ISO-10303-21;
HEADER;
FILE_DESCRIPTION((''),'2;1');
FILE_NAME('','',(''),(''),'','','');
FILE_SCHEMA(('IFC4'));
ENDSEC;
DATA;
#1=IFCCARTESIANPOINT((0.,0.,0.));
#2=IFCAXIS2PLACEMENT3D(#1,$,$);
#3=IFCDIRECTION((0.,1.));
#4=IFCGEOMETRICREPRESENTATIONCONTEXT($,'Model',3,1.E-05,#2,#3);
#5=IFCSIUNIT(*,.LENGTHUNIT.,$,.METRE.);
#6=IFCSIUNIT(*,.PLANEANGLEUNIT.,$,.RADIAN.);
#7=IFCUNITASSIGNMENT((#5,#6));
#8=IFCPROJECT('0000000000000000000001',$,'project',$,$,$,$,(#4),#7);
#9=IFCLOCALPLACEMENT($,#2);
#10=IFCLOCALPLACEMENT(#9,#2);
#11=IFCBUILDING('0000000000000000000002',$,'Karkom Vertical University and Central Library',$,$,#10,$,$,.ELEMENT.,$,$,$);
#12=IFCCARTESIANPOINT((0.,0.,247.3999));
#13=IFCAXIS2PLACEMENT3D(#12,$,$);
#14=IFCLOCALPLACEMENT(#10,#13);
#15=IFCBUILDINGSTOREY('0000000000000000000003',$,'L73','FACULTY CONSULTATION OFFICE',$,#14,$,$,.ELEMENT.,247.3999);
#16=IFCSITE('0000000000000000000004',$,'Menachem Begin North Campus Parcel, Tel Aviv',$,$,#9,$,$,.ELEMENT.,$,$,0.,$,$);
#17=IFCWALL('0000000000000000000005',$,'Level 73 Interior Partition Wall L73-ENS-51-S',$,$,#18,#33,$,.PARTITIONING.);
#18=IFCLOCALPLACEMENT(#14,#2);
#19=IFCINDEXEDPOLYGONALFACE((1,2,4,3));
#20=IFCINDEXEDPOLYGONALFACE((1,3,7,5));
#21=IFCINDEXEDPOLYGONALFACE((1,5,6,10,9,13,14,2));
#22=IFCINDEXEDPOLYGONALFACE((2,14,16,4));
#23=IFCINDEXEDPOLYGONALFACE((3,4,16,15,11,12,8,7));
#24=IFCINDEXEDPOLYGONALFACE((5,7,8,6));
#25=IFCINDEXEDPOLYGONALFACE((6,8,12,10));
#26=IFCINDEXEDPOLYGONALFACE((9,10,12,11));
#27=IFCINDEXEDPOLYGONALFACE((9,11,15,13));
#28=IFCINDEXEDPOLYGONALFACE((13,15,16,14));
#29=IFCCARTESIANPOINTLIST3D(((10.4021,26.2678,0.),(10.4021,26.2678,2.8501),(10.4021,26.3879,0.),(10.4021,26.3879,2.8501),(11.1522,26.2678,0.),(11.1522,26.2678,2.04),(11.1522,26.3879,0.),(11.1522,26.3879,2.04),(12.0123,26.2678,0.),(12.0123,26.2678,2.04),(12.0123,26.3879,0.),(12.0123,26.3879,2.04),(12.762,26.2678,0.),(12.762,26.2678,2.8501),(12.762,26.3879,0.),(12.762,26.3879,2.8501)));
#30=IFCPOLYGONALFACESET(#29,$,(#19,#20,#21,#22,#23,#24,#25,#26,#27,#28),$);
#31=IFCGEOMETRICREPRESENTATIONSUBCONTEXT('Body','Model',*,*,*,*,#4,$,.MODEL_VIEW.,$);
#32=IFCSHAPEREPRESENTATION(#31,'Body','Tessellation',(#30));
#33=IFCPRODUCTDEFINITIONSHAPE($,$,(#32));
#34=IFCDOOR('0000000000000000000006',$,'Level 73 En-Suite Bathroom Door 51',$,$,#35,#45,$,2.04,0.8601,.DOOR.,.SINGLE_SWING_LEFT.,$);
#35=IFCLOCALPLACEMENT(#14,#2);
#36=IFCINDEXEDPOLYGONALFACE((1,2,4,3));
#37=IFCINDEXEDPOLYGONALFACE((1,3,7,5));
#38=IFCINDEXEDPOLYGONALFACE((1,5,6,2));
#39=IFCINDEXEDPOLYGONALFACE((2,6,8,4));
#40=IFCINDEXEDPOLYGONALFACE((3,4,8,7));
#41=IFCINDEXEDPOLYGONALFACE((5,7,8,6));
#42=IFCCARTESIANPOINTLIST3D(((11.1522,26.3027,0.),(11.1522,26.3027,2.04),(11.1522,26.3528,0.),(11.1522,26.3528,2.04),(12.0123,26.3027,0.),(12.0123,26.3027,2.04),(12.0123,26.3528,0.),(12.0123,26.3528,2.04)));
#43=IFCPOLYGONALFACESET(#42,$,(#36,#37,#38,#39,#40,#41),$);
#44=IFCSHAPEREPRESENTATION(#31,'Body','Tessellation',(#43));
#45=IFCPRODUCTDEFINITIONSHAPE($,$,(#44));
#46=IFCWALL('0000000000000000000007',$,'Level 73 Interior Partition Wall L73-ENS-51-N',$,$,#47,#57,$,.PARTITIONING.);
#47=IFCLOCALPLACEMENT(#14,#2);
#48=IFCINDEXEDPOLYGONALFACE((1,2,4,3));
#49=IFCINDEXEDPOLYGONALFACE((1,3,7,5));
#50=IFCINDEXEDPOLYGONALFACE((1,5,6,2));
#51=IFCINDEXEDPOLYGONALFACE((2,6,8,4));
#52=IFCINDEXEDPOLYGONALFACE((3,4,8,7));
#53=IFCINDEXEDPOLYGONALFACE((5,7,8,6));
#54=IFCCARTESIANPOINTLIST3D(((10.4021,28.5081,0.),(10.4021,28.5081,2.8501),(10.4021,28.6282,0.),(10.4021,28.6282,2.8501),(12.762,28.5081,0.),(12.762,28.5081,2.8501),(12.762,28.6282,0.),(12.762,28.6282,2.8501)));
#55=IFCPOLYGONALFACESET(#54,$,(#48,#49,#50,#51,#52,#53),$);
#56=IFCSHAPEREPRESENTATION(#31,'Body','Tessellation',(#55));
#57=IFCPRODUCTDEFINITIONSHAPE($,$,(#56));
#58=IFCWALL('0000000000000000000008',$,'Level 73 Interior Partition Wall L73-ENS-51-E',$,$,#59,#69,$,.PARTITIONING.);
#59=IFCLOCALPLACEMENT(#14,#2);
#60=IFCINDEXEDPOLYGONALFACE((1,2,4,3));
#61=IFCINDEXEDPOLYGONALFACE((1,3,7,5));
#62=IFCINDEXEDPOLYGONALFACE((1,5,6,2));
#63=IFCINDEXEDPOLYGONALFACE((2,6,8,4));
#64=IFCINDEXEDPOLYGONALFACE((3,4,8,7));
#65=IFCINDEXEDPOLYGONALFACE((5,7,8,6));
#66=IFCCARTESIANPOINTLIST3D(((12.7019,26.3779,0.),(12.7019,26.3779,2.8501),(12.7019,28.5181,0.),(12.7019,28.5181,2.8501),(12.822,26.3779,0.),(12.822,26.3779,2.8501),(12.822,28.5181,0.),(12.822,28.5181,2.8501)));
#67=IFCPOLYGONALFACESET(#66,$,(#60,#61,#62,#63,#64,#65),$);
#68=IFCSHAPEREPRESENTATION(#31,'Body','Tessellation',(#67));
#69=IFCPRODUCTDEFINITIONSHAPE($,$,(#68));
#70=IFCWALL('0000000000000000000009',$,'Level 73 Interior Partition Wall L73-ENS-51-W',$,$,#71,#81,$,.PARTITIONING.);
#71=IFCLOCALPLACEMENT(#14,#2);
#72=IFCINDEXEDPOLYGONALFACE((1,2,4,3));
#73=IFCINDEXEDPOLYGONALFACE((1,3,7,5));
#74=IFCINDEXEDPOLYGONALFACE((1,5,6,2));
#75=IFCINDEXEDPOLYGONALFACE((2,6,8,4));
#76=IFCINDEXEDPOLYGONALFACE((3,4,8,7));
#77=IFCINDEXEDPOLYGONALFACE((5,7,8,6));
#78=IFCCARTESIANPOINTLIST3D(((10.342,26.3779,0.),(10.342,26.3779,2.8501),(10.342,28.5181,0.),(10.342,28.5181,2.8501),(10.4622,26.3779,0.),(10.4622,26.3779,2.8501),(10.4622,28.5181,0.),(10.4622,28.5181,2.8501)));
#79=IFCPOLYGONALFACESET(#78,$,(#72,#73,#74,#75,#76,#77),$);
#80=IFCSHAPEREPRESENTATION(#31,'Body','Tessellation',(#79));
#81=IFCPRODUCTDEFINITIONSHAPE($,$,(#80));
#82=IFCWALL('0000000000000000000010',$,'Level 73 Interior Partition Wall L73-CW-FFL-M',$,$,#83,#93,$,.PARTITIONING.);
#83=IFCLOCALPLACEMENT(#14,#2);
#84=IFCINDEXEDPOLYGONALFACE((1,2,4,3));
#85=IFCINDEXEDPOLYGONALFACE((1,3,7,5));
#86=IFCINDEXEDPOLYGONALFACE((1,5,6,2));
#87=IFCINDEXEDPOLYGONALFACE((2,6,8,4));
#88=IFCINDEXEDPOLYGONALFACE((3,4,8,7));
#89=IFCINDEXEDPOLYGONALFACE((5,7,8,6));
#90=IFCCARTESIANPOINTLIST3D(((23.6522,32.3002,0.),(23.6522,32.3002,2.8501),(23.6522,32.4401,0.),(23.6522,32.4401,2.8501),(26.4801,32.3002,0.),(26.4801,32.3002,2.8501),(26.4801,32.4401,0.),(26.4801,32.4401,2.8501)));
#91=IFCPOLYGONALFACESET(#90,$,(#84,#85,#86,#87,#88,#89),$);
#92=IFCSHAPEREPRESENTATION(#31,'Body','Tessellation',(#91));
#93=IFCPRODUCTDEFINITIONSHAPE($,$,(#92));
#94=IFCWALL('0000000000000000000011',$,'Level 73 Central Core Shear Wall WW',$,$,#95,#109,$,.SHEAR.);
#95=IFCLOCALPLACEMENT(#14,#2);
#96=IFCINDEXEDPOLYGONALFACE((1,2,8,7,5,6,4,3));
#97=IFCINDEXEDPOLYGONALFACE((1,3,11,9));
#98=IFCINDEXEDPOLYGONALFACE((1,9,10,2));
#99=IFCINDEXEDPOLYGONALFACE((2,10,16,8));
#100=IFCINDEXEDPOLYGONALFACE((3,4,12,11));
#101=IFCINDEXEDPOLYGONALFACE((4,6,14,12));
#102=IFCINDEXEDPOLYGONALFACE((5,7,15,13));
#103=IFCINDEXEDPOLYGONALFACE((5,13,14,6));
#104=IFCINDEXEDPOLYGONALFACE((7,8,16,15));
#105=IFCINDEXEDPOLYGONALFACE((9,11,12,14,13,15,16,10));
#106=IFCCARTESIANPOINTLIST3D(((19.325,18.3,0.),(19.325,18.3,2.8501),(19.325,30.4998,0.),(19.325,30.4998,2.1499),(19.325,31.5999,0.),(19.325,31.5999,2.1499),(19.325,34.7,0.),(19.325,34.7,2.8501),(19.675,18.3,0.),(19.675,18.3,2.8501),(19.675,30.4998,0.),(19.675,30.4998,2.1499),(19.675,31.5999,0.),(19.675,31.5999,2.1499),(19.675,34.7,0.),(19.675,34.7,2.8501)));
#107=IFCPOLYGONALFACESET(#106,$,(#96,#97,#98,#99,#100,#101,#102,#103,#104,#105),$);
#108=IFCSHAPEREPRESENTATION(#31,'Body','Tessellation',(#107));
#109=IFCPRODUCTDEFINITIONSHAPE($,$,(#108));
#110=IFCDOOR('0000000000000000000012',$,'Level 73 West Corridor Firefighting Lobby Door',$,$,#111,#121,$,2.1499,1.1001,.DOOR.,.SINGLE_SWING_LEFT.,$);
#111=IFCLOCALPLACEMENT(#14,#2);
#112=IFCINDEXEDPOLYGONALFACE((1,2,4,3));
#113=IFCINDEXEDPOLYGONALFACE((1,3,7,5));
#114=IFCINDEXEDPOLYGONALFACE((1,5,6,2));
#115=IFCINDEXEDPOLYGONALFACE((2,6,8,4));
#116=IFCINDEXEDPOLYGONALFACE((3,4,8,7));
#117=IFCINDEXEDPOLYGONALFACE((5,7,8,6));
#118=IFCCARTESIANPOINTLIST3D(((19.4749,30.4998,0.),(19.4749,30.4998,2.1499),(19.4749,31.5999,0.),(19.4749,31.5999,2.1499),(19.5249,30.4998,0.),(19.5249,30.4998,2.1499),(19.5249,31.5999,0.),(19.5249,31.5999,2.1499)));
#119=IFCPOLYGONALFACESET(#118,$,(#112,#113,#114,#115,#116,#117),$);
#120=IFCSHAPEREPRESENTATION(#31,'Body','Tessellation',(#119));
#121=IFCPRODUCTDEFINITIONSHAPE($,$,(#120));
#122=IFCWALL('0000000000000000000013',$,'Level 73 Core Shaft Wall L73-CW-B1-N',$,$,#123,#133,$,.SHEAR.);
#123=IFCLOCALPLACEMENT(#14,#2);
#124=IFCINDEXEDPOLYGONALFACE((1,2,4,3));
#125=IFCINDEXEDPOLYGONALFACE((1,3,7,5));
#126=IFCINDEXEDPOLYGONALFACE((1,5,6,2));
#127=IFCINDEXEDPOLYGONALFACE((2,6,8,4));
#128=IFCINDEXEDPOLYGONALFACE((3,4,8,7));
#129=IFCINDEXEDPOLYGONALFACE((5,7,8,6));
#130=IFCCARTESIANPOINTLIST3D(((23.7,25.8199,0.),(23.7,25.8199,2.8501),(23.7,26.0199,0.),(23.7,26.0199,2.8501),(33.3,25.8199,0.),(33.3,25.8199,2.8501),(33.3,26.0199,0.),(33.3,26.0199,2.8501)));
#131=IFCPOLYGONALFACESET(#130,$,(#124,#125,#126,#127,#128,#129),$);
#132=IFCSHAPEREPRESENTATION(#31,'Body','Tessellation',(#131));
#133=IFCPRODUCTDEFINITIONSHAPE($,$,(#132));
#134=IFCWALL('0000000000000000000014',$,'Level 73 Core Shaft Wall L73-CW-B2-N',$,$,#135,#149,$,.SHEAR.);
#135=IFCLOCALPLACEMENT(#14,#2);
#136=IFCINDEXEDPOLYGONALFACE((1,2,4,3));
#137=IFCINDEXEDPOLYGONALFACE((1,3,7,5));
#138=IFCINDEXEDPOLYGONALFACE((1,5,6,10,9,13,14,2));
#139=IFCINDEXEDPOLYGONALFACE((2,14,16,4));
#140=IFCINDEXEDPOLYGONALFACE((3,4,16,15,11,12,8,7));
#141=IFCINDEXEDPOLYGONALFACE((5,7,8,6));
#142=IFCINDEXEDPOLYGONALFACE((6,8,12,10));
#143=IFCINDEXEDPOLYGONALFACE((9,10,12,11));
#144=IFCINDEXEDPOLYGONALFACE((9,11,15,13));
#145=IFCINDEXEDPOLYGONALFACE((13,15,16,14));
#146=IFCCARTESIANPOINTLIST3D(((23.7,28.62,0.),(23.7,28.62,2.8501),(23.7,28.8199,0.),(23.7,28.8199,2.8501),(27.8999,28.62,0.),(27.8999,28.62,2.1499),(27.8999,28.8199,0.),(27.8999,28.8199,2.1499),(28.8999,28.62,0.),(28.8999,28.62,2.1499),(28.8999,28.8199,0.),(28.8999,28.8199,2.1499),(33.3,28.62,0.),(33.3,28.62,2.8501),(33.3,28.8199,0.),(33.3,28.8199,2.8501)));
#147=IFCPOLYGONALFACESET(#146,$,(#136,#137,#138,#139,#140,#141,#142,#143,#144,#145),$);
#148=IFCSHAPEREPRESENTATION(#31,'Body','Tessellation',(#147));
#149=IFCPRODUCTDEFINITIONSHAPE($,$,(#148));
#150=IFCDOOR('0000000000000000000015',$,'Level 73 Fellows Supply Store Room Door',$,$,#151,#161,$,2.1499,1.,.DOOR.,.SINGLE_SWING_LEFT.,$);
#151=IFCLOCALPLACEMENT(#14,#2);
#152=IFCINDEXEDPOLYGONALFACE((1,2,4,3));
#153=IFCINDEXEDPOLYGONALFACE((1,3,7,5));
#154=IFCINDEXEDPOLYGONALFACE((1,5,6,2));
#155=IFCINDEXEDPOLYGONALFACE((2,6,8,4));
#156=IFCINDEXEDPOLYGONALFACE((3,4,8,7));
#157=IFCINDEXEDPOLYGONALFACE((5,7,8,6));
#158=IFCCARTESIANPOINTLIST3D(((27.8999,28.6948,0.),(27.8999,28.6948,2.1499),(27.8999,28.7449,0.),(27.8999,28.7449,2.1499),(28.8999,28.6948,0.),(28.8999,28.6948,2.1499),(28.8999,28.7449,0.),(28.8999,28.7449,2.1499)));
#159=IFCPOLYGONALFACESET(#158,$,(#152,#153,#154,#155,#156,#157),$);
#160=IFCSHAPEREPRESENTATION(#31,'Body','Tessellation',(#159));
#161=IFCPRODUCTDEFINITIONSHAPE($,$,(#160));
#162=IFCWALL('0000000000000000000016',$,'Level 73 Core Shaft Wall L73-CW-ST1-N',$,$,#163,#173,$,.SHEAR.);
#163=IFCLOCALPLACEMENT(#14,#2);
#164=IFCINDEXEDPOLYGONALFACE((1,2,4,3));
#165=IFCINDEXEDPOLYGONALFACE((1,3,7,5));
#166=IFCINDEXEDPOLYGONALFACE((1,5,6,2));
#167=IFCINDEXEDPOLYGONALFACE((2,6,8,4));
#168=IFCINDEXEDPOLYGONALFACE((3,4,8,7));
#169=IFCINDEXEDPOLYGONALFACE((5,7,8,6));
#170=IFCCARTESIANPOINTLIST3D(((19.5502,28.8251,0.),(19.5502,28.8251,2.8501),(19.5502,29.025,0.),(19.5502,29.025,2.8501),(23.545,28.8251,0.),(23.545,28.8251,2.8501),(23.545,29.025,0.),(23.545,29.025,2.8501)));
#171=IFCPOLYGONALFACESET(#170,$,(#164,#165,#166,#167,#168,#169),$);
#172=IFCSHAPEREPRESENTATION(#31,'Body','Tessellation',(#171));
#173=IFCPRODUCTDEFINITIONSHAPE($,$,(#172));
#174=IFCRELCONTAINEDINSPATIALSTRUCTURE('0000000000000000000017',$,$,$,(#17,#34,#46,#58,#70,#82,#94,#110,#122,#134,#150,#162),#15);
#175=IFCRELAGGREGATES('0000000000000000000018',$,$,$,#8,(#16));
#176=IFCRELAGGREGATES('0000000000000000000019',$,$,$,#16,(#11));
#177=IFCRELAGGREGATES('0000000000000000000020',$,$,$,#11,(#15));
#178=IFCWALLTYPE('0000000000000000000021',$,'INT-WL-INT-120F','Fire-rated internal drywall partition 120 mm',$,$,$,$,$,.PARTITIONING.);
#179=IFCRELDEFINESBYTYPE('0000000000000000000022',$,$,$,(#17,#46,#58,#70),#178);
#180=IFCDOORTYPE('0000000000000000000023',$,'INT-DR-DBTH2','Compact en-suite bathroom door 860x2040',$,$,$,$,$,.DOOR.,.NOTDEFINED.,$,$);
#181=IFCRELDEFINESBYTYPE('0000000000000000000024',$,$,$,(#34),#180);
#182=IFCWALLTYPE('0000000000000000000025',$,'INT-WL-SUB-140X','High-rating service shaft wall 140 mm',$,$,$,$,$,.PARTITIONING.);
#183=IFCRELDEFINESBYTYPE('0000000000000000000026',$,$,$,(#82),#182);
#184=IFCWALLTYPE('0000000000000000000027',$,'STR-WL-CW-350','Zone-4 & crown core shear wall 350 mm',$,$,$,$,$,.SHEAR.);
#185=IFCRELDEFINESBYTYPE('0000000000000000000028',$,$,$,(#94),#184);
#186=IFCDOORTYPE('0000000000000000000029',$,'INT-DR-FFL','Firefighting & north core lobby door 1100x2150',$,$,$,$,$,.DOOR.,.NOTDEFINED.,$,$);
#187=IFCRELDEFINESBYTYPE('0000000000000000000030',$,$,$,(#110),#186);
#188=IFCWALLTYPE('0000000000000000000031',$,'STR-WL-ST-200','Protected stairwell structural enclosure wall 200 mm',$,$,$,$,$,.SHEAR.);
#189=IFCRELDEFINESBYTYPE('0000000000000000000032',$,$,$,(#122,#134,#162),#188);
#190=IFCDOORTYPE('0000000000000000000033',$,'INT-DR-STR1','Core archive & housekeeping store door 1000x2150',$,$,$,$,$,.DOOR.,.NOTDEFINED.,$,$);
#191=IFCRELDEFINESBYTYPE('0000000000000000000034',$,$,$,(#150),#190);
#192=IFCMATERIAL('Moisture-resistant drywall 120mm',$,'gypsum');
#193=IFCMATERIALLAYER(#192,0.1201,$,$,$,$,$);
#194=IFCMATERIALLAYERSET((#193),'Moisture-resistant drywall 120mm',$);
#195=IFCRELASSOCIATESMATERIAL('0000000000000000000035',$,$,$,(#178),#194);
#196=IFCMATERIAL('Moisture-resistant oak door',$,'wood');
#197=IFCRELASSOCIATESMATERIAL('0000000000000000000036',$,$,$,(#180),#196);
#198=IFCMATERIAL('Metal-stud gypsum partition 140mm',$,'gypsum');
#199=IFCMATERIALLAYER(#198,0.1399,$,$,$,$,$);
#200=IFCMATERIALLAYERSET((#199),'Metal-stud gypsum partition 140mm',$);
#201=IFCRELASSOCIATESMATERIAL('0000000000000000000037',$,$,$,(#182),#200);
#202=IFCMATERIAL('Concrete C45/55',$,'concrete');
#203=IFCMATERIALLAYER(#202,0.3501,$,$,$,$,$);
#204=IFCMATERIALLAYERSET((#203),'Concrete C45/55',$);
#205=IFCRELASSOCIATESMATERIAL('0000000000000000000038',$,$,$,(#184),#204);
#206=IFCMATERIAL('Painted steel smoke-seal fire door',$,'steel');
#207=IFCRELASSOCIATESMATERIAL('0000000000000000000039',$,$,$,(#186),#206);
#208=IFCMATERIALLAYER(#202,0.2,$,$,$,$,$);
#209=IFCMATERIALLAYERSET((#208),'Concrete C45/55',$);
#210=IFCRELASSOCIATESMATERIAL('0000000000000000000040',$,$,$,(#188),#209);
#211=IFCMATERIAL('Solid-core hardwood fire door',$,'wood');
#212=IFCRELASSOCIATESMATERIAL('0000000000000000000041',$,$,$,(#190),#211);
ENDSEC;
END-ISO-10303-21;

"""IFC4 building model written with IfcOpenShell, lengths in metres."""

from ifc_helpers import new_model, si_unit, direction, frame, frame_2d, origin, origin_with_axes, place, context, subcontext, project, spatial, rectangle, extrude, source, transform, mapped, material, layer, layer_set, type_object, element, fill, save


model = new_model("IFC4")

# Units and contexts
model_context = context("Model", 3, precision=1e-05, world=origin(), true_north=direction((0.0, 1.0)))
body_context = subcontext(model_context, "Body", "Model", "MODEL_VIEW")
ifc_project = project(units=[si_unit("LENGTHUNIT", "METRE"), si_unit("PLANEANGLEUNIT", "RADIAN")], contexts=[model_context])

# Site, building, storey
site_placement = place(None, origin())
site = spatial("IfcSite", under=ifc_project, at=site_placement, Name="Menachem Begin North Campus Parcel, Tel Aviv", CompositionType="ELEMENT", RefElevation=0.0)
building_placement = place(site_placement, origin())
building = spatial("IfcBuilding", under=site, at=building_placement, Name="Karkom Vertical University and Central Library", CompositionType="ELEMENT")
storey_placement = place(building_placement, frame((0.0, 0.0, 247.3999)))
storey = spatial("IfcBuildingStorey", under=building, at=storey_placement, Name="L73", Description="FACULTY CONSULTATION OFFICE", CompositionType="ELEMENT", Elevation=247.3999)

# Wall, opening, door
ifc_material_1 = material(Name="Moisture-resistant drywall 120mm", Category="gypsum")
ifc_layer_1 = layer(ifc_material_1, 0.1201)
ifc_layer_set_1 = layer_set([ifc_layer_1], Name="Moisture-resistant drywall 120mm")
wall_type_1 = type_object("IfcWallType", Name="INT-WL-INT-120F", Description="Fire-rated internal drywall partition 120 mm", PredefinedType="PARTITIONING", material=ifc_layer_set_1)
wall_1_placement = place(storey_placement, frame((10.4021, 26.3279, 0.0), z_axis=(0.0, 0.0, 1.0), x_axis=(1.0, 0.0, 0.0)))
wall_1 = element("IfcWall", 1, at=wall_1_placement, inside=storey, type_object=wall_type_1, Name="Level 73 Interior Partition Wall L73-ENS-51-S", PredefinedType="PARTITIONING", context=body_context, shape_type="SweptSolid", body=[
    extrude(rectangle(XDim=2.3599, YDim=0.1201, at=frame_2d((1.1799, 0.0))), origin(), (0.0, 0.0, 1.0), 2.8501),
])
opening_1_placement = place(wall_1_placement, frame((0.75, 0.0, 0.0)))
opening_1 = element("IfcOpeningElement", 2, at=opening_1_placement, cuts=wall_1, PredefinedType="OPENING", context=body_context, shape_type="SweptSolid", body=[
    extrude(rectangle(XDim=0.8601, YDim=2.04, at=frame_2d((0.4302, 1.02))), frame((0.0, 0.0701, 0.0), z_axis=(0.0, -1.0, 0.0), x_axis=(1.0, 0.0, 0.0)), (0.0, 0.0, 1.0), 0.1401),
])
ifc_material_2 = material(Name="Moisture-resistant oak door", Category="wood")
door_type_1 = type_object("IfcDoorType", Name="INT-DR-DBTH2", Description="Compact en-suite bathroom door 860x2040", OperationType="NOTDEFINED", PredefinedType="DOOR", material=ifc_material_2)
shared_shape_1 = source(origin_with_axes(), body_context, "Body", "SweptSolid", [
    extrude(rectangle(XDim=0.8601, YDim=2.04, at=frame_2d((0.4302, 1.02))), frame((0.0, 0.0249, 0.0), z_axis=(0.0, -1.0, 0.0), x_axis=(1.0, 0.0, 0.0)), (0.0, 0.0, 1.0), 0.05),
])
door_1_placement = place(opening_1_placement, origin())
door_1 = element("IfcDoor", 3, at=door_1_placement, inside=storey, type_object=door_type_1, Name="Level 73 En-Suite Bathroom Door 51", OperationType="SINGLE_SWING_LEFT", OverallHeight=2.04, OverallWidth=0.8601, PredefinedType="DOOR", context=body_context, shape_type="MappedRepresentation", body=[
    mapped(shared_shape_1, transform((0.0, 0.0, 0.0), scale=1.0)),
])
fill(opening_1, door_1)

# Walls
wall_2_placement = place(storey_placement, frame((12.762, 28.5681, 0.0), z_axis=(0.0, 0.0, 1.0), x_axis=(-1.0, 0.0, 0.0)))
element("IfcWall", 4, at=wall_2_placement, inside=storey, type_object=wall_type_1, Name="Level 73 Interior Partition Wall L73-ENS-51-N", PredefinedType="PARTITIONING", context=body_context, shape_type="SweptSolid", body=[
    extrude(rectangle(XDim=2.3599, YDim=0.1201, at=frame_2d((1.1799, 0.0))), origin(), (0.0, 0.0, 1.0), 2.8501),
])
for number, where, z_axis, x_axis, name in (
    (5, (12.762, 26.3779, 0.0), (0.0, 0.0, 1.0), (0.0, 1.0, 0.0), "Level 73 Interior Partition Wall L73-ENS-51-E"),
    (6, (10.4021, 28.5181, 0.0), (0.0, 0.0, 1.0), (0.0, -1.0, 0.0), "Level 73 Interior Partition Wall L73-ENS-51-W"),
):
    element("IfcWall", number, at=place(storey_placement, frame(where, z_axis=z_axis, x_axis=x_axis)), inside=storey, type_object=wall_type_1, Name=name, PredefinedType="PARTITIONING", context=body_context, shape_type="SweptSolid", body=[
        extrude(rectangle(XDim=2.1401, YDim=0.1201, at=frame_2d((1.0701, 0.0))), origin(), (0.0, 0.0, 1.0), 2.8501),
    ])
ifc_material_3 = material(Name="Metal-stud gypsum partition 140mm", Category="gypsum")
ifc_layer_2 = layer(ifc_material_3, 0.1399)
ifc_layer_set_2 = layer_set([ifc_layer_2], Name="Metal-stud gypsum partition 140mm")
wall_type_2 = type_object("IfcWallType", Name="INT-WL-SUB-140X", Description="High-rating service shaft wall 140 mm", PredefinedType="PARTITIONING", material=ifc_layer_set_2)
wall_3_placement = place(storey_placement, frame((23.6521, 32.3701, 0.0), z_axis=(0.0, 0.0, 1.0), x_axis=(1.0, 0.0, 0.0)))
element("IfcWall", 7, at=wall_3_placement, inside=storey, type_object=wall_type_2, Name="Level 73 Interior Partition Wall L73-CW-FFL-M", PredefinedType="PARTITIONING", context=body_context, shape_type="SweptSolid", body=[
    extrude(rectangle(XDim=2.8279, YDim=0.1399, at=frame_2d((1.4141, 0.0))), origin(), (0.0, 0.0, 1.0), 2.8501),
])

# Wall, opening, door
ifc_material_4 = material(Name="Concrete C45/55", Category="concrete")
ifc_layer_3 = layer(ifc_material_4, 0.3501)
ifc_layer_set_3 = layer_set([ifc_layer_3], Name="Concrete C45/55")
wall_type_3 = type_object("IfcWallType", Name="STR-WL-CW-350", Description="Zone-4 & crown core shear wall 350 mm", PredefinedType="SHEAR", material=ifc_layer_set_3)
wall_4_placement = place(storey_placement, frame((19.5, 34.7, 0.0), z_axis=(0.0, 0.0, 1.0), x_axis=(0.0, -1.0, 0.0)))
wall_4 = element("IfcWall", 8, at=wall_4_placement, inside=storey, type_object=wall_type_3, Name="Level 73 Central Core Shear Wall WW", PredefinedType="SHEAR", context=body_context, shape_type="SweptSolid", body=[
    extrude(rectangle(XDim=16.3999, YDim=0.3501, at=frame_2d((8.2, 0.0))), origin(), (0.0, 0.0, 1.0), 2.8501),
])
opening_2_placement = place(wall_4_placement, frame((3.1001, 0.0, 0.0)))
opening_2 = element("IfcOpeningElement", 9, at=opening_2_placement, cuts=wall_4, PredefinedType="OPENING", context=body_context, shape_type="SweptSolid", body=[
    extrude(rectangle(XDim=1.1001, YDim=2.1499, at=frame_2d((0.55, 1.075))), frame((0.0, 0.1851, 0.0), z_axis=(0.0, -1.0, 0.0), x_axis=(1.0, 0.0, 0.0)), (0.0, 0.0, 1.0), 0.3701),
])
ifc_material_5 = material(Name="Painted steel smoke-seal fire door", Category="steel")
door_type_2 = type_object("IfcDoorType", Name="INT-DR-FFL", Description="Firefighting & north core lobby door 1100x2150", OperationType="NOTDEFINED", PredefinedType="DOOR", material=ifc_material_5)
shared_shape_2 = source(origin_with_axes(), body_context, "Body", "SweptSolid", [
    extrude(rectangle(XDim=1.1001, YDim=2.1499, at=frame_2d((0.55, 1.075))), frame((0.0, 0.0249, 0.0), z_axis=(0.0, -1.0, 0.0), x_axis=(1.0, 0.0, 0.0)), (0.0, 0.0, 1.0), 0.05),
])
door_2_placement = place(opening_2_placement, origin())
door_2 = element("IfcDoor", 10, at=door_2_placement, inside=storey, type_object=door_type_2, Name="Level 73 West Corridor Firefighting Lobby Door", OperationType="SINGLE_SWING_LEFT", OverallHeight=2.1499, OverallWidth=1.1001, PredefinedType="DOOR", context=body_context, shape_type="MappedRepresentation", body=[
    mapped(shared_shape_2, transform((0.0, 0.0, 0.0), scale=1.0)),
])
fill(opening_2, door_2)

# Wall
ifc_layer_4 = layer(ifc_material_4, 0.2)
ifc_layer_set_4 = layer_set([ifc_layer_4], Name="Concrete C45/55")
wall_type_4 = type_object("IfcWallType", Name="STR-WL-ST-200", Description="Protected stairwell structural enclosure wall 200 mm", PredefinedType="SHEAR", material=ifc_layer_set_4)
wall_5_placement = place(storey_placement, frame((23.7, 25.9199, 0.0), z_axis=(0.0, 0.0, 1.0), x_axis=(1.0, 0.0, 0.0)))
element("IfcWall", 11, at=wall_5_placement, inside=storey, type_object=wall_type_4, Name="Level 73 Core Shaft Wall L73-CW-B1-N", PredefinedType="SHEAR", context=body_context, shape_type="SweptSolid", body=[
    extrude(rectangle(XDim=9.6001, YDim=0.2, at=frame_2d((4.8, 0.0))), origin(), (0.0, 0.0, 1.0), 2.8501),
])

# Wall, opening, door
wall_6_placement = place(storey_placement, frame((23.7, 28.72, 0.0), z_axis=(0.0, 0.0, 1.0), x_axis=(1.0, 0.0, 0.0)))
wall_6 = element("IfcWall", 12, at=wall_6_placement, inside=storey, type_object=wall_type_4, Name="Level 73 Core Shaft Wall L73-CW-B2-N", PredefinedType="SHEAR", context=body_context, shape_type="SweptSolid", body=[
    extrude(rectangle(XDim=9.6001, YDim=0.2, at=frame_2d((4.8, 0.0))), origin(), (0.0, 0.0, 1.0), 2.8501),
])
opening_3_placement = place(wall_6_placement, frame((4.2, 0.0, 0.0)))
opening_3 = element("IfcOpeningElement", 13, at=opening_3_placement, cuts=wall_6, PredefinedType="OPENING", context=body_context, shape_type="SweptSolid", body=[
    extrude(rectangle(XDim=1.0, YDim=2.1499, at=frame_2d((0.5, 1.075))), frame((0.0, 0.1099, 0.0), z_axis=(0.0, -1.0, 0.0), x_axis=(1.0, 0.0, 0.0)), (0.0, 0.0, 1.0), 0.22),
])
ifc_material_6 = material(Name="Solid-core hardwood fire door", Category="wood")
door_type_3 = type_object("IfcDoorType", Name="INT-DR-STR1", Description="Core archive & housekeeping store door 1000x2150", OperationType="NOTDEFINED", PredefinedType="DOOR", material=ifc_material_6)
shared_shape_3 = source(origin_with_axes(), body_context, "Body", "SweptSolid", [
    extrude(rectangle(XDim=1.0, YDim=2.1499, at=frame_2d((0.5, 1.075))), frame((0.0, 0.0249, 0.0), z_axis=(0.0, -1.0, 0.0), x_axis=(1.0, 0.0, 0.0)), (0.0, 0.0, 1.0), 0.05),
])
door_3_placement = place(opening_3_placement, origin())
door_3 = element("IfcDoor", 14, at=door_3_placement, inside=storey, type_object=door_type_3, Name="Level 73 Fellows Supply Store Room Door", OperationType="SINGLE_SWING_LEFT", OverallHeight=2.1499, OverallWidth=1.0, PredefinedType="DOOR", context=body_context, shape_type="MappedRepresentation", body=[
    mapped(shared_shape_3, transform((0.0, 0.0, 0.0), scale=1.0)),
])
fill(opening_3, door_3)

# Wall
wall_7_placement = place(storey_placement, frame((19.55, 28.925, 0.0), z_axis=(0.0, 0.0, 1.0), x_axis=(1.0, 0.0, 0.0)))
element("IfcWall", 15, at=wall_7_placement, inside=storey, type_object=wall_type_4, Name="Level 73 Core Shaft Wall L73-CW-ST1-N", PredefinedType="SHEAR", context=body_context, shape_type="SweptSolid", body=[
    extrude(rectangle(XDim=3.9949, YDim=0.2, at=frame_2d((1.9976, 0.0))), origin(), (0.0, 0.0, 1.0), 2.8501),
])

save(model, "model.ifc")
